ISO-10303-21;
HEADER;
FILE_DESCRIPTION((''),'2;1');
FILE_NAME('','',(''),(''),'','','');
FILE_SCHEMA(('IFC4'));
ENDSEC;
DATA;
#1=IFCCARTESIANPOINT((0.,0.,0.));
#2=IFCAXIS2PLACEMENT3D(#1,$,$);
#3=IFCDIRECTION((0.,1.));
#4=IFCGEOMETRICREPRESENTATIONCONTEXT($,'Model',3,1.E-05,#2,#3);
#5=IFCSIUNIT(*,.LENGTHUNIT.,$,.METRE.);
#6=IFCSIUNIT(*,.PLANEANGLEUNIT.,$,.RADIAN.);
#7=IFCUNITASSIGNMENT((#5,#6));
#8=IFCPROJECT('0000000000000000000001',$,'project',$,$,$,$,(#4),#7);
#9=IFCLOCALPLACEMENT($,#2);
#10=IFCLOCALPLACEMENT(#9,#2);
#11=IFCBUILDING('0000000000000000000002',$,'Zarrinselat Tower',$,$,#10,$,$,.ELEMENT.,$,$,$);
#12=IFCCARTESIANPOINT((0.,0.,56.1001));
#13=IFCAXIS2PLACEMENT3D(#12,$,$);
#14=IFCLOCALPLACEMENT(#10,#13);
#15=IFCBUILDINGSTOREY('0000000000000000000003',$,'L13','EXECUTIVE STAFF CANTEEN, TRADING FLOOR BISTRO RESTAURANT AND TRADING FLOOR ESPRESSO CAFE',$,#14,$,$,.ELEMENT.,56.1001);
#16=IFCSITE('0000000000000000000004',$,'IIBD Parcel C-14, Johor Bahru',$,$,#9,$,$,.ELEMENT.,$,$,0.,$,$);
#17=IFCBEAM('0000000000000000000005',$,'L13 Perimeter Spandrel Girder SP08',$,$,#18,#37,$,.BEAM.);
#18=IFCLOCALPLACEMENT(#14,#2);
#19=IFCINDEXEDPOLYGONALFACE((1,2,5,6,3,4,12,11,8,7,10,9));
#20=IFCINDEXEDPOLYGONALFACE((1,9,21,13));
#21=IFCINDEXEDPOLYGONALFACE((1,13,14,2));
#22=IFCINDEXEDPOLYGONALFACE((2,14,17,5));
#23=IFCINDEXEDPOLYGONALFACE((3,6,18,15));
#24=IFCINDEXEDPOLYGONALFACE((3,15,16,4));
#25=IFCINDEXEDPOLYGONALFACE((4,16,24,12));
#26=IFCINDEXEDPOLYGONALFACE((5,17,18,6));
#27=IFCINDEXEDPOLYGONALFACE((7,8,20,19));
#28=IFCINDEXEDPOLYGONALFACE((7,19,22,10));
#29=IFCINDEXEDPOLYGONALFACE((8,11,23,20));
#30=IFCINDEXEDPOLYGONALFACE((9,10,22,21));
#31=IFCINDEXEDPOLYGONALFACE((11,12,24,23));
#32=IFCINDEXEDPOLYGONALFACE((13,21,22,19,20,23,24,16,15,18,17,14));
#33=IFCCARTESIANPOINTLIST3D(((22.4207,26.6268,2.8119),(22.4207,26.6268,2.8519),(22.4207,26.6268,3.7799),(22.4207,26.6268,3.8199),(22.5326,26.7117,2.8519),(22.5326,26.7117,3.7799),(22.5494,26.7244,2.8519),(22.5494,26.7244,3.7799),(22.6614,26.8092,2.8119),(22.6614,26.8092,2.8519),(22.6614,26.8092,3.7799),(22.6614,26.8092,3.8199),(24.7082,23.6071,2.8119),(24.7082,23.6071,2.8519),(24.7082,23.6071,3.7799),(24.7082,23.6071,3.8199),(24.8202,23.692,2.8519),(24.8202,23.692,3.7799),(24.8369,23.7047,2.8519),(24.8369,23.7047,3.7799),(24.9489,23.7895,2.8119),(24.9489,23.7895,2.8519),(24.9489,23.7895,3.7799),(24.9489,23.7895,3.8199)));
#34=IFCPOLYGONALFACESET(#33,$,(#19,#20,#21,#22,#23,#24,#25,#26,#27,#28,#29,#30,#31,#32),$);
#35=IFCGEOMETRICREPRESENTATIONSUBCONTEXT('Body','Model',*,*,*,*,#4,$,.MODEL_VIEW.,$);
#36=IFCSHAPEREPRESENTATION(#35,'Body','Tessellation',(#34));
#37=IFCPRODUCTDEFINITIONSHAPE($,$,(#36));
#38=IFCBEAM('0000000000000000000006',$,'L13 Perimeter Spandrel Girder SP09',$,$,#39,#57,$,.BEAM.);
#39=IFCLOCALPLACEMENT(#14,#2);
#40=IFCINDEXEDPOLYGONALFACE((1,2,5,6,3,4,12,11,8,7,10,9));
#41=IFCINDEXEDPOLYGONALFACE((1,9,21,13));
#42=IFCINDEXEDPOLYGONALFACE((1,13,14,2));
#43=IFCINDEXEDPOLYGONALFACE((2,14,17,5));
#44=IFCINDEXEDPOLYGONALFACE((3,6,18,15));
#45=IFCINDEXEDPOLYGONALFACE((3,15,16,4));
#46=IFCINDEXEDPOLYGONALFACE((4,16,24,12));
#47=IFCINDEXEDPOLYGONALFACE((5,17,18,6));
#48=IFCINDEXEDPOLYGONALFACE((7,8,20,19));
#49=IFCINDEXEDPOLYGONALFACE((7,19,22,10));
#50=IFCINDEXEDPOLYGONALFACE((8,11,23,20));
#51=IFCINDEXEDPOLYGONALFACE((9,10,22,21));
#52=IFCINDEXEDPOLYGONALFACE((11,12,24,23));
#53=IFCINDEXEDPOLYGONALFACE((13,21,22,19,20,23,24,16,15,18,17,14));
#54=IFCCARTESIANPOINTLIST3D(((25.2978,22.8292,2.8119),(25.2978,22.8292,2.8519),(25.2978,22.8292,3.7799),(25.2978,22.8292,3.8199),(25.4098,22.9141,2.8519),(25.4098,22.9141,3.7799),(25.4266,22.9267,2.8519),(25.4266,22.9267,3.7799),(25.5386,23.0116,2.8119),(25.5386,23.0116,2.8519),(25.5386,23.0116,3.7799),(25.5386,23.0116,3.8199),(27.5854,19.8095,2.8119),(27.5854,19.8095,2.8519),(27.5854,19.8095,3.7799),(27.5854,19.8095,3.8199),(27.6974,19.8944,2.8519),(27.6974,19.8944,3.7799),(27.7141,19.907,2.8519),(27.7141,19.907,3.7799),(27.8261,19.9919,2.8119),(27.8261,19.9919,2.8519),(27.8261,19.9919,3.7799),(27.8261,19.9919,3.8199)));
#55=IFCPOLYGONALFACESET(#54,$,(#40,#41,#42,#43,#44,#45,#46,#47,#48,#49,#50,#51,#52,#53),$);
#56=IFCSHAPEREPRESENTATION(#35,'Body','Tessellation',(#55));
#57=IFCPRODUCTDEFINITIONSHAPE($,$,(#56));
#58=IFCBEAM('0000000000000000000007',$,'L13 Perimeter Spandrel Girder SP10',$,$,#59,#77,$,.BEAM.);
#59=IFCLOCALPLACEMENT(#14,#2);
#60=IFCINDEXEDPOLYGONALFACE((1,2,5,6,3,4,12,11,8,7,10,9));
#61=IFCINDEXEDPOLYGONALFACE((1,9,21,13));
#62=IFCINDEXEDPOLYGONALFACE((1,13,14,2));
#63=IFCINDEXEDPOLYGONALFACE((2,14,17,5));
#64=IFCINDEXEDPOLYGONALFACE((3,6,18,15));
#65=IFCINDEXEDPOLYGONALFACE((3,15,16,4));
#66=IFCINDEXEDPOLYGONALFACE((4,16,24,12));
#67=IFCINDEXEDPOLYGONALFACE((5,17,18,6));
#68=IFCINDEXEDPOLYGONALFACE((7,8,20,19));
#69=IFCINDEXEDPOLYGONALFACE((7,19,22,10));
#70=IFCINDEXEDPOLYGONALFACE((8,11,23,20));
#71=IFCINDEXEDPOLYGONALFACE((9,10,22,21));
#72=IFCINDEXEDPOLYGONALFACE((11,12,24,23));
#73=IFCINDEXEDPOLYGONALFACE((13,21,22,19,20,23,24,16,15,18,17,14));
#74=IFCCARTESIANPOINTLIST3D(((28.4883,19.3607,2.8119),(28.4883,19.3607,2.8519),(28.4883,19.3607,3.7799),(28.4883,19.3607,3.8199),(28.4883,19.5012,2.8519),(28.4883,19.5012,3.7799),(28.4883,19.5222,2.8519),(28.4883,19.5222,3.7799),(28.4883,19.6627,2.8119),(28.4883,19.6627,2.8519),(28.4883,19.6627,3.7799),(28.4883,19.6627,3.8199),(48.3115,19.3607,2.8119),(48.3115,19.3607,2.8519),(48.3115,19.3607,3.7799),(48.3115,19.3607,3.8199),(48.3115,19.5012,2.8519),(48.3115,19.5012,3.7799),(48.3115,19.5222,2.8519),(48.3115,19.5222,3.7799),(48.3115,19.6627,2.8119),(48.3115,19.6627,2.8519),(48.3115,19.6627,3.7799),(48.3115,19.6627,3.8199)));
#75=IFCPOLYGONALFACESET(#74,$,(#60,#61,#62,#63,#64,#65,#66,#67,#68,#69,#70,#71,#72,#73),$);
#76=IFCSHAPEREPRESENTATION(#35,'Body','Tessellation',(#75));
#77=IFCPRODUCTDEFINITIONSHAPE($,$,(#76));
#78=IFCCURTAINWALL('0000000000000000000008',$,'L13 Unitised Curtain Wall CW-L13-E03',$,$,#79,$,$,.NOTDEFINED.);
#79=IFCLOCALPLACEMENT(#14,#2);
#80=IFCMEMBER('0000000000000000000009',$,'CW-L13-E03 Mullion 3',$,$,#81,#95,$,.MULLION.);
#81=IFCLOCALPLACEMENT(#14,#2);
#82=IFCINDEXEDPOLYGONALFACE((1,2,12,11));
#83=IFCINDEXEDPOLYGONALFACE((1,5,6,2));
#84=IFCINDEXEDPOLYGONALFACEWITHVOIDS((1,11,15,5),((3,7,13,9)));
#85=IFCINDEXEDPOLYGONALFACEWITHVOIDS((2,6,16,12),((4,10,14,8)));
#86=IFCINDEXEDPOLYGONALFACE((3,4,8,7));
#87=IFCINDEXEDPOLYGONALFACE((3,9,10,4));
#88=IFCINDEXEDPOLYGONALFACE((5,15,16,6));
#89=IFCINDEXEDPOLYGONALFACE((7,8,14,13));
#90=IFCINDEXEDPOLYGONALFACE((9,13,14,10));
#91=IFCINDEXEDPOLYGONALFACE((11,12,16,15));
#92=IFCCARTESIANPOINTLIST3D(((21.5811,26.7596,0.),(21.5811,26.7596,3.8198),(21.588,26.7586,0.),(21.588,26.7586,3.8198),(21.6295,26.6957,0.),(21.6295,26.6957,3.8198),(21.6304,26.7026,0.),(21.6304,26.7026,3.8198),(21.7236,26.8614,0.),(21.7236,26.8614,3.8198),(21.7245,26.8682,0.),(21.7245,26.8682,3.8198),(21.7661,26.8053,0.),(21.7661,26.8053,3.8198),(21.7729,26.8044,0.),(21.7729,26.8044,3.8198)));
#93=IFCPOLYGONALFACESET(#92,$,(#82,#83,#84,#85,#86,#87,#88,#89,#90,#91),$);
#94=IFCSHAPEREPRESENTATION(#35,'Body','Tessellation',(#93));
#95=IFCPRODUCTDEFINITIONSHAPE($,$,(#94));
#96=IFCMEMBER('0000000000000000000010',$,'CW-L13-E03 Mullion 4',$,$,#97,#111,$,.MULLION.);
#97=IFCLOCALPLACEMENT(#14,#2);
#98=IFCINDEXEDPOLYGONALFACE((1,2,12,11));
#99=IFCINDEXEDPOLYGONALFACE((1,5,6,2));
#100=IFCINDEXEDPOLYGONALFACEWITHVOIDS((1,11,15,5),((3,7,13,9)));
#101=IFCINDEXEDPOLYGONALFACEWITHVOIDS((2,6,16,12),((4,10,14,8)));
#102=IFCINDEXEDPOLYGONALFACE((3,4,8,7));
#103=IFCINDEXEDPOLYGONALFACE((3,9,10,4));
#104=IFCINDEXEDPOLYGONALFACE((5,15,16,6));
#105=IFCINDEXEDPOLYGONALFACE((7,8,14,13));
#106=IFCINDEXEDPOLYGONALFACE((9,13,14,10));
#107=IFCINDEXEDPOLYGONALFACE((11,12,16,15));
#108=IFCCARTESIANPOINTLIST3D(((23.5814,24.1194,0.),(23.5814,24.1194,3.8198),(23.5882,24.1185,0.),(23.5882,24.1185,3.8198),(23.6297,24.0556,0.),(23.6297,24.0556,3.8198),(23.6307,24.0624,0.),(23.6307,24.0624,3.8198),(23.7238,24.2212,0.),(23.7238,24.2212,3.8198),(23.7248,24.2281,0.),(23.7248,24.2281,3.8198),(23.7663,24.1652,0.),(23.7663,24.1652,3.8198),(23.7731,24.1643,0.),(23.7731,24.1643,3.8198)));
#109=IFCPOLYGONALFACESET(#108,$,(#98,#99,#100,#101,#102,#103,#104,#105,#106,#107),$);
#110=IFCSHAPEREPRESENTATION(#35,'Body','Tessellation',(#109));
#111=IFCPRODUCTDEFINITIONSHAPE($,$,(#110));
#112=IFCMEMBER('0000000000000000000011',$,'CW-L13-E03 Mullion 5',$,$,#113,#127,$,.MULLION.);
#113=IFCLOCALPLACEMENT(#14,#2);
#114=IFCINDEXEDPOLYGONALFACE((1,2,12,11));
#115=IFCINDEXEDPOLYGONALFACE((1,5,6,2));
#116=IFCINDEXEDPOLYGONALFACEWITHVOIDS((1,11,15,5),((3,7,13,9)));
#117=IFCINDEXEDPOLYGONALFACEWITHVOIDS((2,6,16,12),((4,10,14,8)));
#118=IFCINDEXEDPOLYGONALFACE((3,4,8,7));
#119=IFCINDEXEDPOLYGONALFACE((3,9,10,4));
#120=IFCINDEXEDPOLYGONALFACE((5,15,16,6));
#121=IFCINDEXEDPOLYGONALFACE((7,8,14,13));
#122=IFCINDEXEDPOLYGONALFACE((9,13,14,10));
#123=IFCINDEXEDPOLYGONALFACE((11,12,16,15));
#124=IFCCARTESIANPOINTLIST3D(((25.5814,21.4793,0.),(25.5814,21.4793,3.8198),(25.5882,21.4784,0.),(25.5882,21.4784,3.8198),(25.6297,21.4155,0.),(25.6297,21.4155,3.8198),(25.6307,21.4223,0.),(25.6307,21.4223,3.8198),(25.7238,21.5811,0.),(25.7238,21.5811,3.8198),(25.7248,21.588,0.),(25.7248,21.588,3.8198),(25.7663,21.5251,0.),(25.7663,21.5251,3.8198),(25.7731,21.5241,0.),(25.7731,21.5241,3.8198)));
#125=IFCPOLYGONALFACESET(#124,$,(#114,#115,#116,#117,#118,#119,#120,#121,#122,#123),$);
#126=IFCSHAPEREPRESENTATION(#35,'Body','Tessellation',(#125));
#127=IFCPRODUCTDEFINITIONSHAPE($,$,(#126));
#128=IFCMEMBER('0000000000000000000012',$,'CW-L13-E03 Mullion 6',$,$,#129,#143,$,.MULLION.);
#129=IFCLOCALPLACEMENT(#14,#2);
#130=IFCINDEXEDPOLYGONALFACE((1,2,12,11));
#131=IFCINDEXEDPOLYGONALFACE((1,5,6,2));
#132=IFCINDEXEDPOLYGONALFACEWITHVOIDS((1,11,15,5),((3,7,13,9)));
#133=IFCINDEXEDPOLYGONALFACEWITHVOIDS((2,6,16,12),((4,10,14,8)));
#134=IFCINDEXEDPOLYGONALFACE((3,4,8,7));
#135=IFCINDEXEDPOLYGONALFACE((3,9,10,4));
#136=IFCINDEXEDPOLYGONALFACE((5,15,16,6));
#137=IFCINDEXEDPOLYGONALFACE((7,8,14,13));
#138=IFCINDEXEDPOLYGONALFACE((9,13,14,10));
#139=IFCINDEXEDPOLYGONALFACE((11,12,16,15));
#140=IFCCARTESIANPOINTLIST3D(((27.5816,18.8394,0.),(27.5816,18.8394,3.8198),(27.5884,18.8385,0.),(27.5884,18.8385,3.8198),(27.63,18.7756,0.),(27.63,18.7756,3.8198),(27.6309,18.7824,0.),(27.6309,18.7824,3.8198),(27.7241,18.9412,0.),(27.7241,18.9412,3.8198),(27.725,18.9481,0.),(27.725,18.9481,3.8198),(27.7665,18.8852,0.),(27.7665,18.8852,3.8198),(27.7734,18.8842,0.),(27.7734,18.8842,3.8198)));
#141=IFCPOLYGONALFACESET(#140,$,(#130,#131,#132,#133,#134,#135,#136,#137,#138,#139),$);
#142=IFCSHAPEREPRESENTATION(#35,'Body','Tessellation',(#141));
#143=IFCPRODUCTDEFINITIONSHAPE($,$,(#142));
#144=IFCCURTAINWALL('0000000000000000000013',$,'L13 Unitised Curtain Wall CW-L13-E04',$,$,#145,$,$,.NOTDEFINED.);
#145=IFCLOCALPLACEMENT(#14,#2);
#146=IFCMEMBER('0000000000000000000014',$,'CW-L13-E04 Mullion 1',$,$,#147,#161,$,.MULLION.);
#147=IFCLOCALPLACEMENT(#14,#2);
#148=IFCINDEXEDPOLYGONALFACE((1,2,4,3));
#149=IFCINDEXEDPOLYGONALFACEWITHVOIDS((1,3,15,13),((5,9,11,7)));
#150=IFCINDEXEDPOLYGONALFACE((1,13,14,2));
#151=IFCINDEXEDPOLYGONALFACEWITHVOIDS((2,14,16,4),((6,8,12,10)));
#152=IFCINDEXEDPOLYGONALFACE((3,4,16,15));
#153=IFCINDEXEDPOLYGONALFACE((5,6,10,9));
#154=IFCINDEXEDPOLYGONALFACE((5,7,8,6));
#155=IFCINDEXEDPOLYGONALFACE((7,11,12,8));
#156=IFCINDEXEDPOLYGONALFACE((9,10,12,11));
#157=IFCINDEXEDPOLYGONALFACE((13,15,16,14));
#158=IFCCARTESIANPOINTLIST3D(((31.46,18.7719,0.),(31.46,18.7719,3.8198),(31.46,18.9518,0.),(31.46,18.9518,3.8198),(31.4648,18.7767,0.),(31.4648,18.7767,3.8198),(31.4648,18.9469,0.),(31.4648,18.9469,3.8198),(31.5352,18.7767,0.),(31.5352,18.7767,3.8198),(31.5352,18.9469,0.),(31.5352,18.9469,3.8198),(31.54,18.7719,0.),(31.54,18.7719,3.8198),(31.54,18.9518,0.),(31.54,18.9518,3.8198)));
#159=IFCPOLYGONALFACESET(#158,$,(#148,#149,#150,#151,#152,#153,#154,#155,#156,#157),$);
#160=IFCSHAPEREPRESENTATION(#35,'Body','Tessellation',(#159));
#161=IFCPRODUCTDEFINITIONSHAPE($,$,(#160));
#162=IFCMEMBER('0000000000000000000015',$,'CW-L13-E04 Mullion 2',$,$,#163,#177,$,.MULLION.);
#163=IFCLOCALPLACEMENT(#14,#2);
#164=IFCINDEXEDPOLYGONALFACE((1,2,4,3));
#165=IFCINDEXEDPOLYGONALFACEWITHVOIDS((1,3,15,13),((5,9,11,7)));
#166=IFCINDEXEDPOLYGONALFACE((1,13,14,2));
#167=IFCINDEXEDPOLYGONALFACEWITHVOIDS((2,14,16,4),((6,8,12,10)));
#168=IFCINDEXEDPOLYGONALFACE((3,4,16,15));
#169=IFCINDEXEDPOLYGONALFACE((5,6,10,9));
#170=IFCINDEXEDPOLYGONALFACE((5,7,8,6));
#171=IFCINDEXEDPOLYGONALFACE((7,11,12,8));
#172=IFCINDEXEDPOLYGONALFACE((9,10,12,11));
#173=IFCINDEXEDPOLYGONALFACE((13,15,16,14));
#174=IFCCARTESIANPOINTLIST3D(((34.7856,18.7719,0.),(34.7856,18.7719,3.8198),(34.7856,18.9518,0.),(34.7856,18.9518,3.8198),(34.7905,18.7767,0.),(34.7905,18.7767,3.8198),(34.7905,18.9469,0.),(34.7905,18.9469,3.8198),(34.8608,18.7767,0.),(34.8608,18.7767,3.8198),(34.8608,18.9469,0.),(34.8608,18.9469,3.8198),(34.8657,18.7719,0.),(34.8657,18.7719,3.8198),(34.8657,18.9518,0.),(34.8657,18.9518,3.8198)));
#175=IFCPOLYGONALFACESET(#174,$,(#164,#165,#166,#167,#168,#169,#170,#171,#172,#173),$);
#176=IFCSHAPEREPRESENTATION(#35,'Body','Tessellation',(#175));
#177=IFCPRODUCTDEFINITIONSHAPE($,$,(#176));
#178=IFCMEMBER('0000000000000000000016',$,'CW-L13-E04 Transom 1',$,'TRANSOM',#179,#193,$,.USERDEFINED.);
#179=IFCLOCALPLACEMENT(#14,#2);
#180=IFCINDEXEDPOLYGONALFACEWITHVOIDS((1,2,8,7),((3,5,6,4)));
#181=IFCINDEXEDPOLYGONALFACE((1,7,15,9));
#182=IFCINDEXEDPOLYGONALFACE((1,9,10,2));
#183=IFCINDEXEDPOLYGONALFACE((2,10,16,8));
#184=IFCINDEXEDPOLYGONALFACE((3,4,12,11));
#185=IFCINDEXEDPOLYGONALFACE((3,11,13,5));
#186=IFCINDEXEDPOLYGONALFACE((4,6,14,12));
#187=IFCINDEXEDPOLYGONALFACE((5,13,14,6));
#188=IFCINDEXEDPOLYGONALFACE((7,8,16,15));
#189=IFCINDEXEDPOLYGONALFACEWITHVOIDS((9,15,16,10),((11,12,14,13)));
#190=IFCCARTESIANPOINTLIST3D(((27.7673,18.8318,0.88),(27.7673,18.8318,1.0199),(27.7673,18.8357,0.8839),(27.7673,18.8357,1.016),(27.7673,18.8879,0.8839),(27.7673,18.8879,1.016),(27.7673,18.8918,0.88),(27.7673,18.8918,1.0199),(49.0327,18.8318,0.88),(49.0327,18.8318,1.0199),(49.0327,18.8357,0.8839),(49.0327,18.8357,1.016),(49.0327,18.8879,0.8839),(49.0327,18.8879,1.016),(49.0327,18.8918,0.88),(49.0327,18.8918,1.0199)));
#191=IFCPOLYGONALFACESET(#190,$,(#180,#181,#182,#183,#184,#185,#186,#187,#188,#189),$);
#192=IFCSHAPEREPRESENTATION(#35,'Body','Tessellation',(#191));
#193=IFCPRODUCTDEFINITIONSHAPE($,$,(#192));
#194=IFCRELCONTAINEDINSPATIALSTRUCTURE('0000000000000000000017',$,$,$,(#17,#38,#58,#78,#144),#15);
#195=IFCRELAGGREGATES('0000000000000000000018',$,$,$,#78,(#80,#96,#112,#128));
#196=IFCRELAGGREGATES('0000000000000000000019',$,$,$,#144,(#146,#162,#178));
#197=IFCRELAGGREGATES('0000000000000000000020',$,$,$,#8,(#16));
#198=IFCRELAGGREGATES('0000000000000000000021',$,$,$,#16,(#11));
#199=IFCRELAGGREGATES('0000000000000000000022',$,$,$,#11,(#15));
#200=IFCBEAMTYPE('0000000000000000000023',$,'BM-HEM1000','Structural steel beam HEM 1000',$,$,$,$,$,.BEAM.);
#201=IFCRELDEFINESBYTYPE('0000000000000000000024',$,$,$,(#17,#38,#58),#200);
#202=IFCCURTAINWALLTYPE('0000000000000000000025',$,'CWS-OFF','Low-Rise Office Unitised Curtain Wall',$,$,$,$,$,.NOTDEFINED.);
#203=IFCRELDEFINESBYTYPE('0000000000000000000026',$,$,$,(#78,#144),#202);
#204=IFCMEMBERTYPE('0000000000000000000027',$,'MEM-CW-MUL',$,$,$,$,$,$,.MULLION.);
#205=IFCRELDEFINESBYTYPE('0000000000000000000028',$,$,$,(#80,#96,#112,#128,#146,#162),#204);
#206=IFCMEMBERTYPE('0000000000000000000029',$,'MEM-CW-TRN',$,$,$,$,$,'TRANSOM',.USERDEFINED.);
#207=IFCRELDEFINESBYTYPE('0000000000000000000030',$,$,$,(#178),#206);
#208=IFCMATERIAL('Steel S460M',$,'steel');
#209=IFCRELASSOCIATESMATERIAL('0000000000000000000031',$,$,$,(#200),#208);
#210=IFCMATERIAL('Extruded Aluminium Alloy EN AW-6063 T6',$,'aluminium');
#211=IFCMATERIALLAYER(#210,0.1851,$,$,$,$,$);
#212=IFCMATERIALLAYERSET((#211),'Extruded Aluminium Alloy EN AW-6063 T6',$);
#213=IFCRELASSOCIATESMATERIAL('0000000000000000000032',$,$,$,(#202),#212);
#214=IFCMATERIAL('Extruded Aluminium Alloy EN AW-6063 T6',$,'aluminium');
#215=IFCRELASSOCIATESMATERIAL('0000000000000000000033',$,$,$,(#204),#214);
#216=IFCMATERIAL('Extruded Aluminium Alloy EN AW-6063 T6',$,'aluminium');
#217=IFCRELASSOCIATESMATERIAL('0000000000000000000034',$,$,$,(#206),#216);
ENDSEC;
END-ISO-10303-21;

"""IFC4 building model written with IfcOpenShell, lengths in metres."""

from ifc_helpers import new_model, si_unit, direction, frame, origin, origin_2d, place, context, subcontext, project, spatial, hollow_rectangle, i_section, extrude, material, layer, layer_set, material_profile, profile_set, type_object, element, aggregate, save


model = new_model("IFC4")

# Units and contexts
model_context = context("Model", 3, precision=1e-05, world=origin(), true_north=direction((0.0, 1.0)))
body_context = subcontext(model_context, "Body", "Model", "MODEL_VIEW")
ifc_project = project(units=[si_unit("LENGTHUNIT", "METRE"), si_unit("PLANEANGLEUNIT", "RADIAN")], contexts=[model_context])

# Site, building, storey
site_placement = place(None, origin())
site = spatial("IfcSite", under=ifc_project, at=site_placement, Name="IIBD Parcel C-14, Johor Bahru", CompositionType="ELEMENT", RefElevation=0.0)
building_placement = place(site_placement, origin())
building = spatial("IfcBuilding", under=site, at=building_placement, Name="Zarrinselat Tower", CompositionType="ELEMENT")
storey_placement = place(building_placement, frame((0.0, 0.0, 56.1001)))
storey = spatial("IfcBuildingStorey", under=building, at=storey_placement, Name="L13", Description="EXECUTIVE STAFF CANTEEN, TRADING FLOOR BISTRO RESTAURANT AND TRADING FLOOR ESPRESSO CAFE", CompositionType="ELEMENT", Elevation=56.1001)

# Beams
ifc_material_1 = material(Name="Steel S460M", Category="steel")
ifc_material_profile_1 = material_profile(ifc_material_1, i_section(OverallWidth=0.302, OverallDepth=1.0081, WebThickness=0.021, FlangeThickness=0.04, at=origin_2d()), Name="HEM 1000")
ifc_profile_set_1 = profile_set([ifc_material_profile_1], Name="Steel S460M")
beam_type_1 = type_object("IfcBeamType", Name="BM-HEM1000", Description="Structural steel beam HEM 1000", PredefinedType="BEAM", material=ifc_profile_set_1)
for number, where, z_axis, x_axis, name in (
    (1, (22.541, 26.718, 3.3159), (0.603839, -0.797106, 0.0), (0.797106, 0.603839, 0.0), "L13 Perimeter Spandrel Girder SP08"),
    (2, (25.4182, 22.9204, 3.3159), (0.603839, -0.797106, 0.0), (0.797106, 0.603839, 0.0), "L13 Perimeter Spandrel Girder SP09"),
):
    element("IfcBeam", number, at=place(storey_placement, frame(where, z_axis=z_axis, x_axis=x_axis)), inside=storey, type_object=beam_type_1, Name=name, PredefinedType="BEAM", context=body_context, shape_type="SweptSolid", body=[
        extrude(i_section(OverallWidth=0.302, OverallDepth=1.0081, WebThickness=0.021, FlangeThickness=0.04, at=origin_2d()), origin(), (0.0, 0.0, 1.0), 3.7883),
    ])
beam_1_placement = place(storey_placement, frame((28.4883, 19.5117, 3.3159), z_axis=(1.0, 0.0, 0.0), x_axis=(0.0, 1.0, 0.0)))
element("IfcBeam", 3, at=beam_1_placement, inside=storey, type_object=beam_type_1, Name="L13 Perimeter Spandrel Girder SP10", PredefinedType="BEAM", context=body_context, shape_type="SweptSolid", body=[
    extrude(i_section(OverallWidth=0.302, OverallDepth=1.0081, WebThickness=0.021, FlangeThickness=0.04, at=origin_2d()), origin(), (0.0, 0.0, 1.0), 19.8232),
])

# Curtain walls, members
ifc_material_2 = material(Name="Extruded Aluminium Alloy EN AW-6063 T6", Category="aluminium")
ifc_layer_1 = layer(ifc_material_2, 0.1851)
ifc_layer_set_1 = layer_set([ifc_layer_1], Name="Extruded Aluminium Alloy EN AW-6063 T6")
curtain_wall_type = type_object("IfcCurtainWallType", Name="CWS-OFF", Description="Low-Rise Office Unitised Curtain Wall", PredefinedType="NOTDEFINED", material=ifc_layer_set_1)
curtain_wall_1_placement = place(storey_placement, origin())
curtain_wall_1 = element("IfcCurtainWall", 4, at=curtain_wall_1_placement, inside=storey, type_object=curtain_wall_type, Name="L13 Unitised Curtain Wall CW-L13-E03", PredefinedType="NOTDEFINED")
ifc_material_3 = material(Name="Extruded Aluminium Alloy EN AW-6063 T6", Category="aluminium")
ifc_material_profile_2 = material_profile(ifc_material_3, hollow_rectangle(XDim=0.0801, YDim=0.1799, WallThickness=0.0049, at=origin_2d()), Name="RHS 180x80x5")
ifc_profile_set_2 = profile_set([ifc_material_profile_2], Name="Extruded Aluminium Alloy EN AW-6063 T6")
member_type_1 = type_object("IfcMemberType", Name="MEM-CW-MUL", PredefinedType="MULLION", material=ifc_profile_set_2)
member_1_placement = place(storey_placement, frame((21.677, 26.782, 0.0), z_axis=(0.0, 0.0, 1.0), x_axis=(0.603862, -0.797089, 0.0)))
member_1 = element("IfcMember", 5, at=member_1_placement, type_object=member_type_1, Name="CW-L13-E03 Mullion 3", PredefinedType="MULLION", context=body_context, shape_type="SweptSolid", body=[
    extrude(hollow_rectangle(XDim=0.0801, YDim=0.1799, WallThickness=0.0049, at=origin_2d()), origin(), (0.0, 0.0, 1.0), 3.8198),
])
member_2_placement = place(storey_placement, frame((23.6772, 24.1418, 0.0), z_axis=(0.0, 0.0, 1.0), x_axis=(0.603862, -0.797089, 0.0)))
member_2 = element("IfcMember", 6, at=member_2_placement, type_object=member_type_1, Name="CW-L13-E03 Mullion 4", PredefinedType="MULLION", context=body_context, shape_type="SweptSolid", body=[
    extrude(hollow_rectangle(XDim=0.0801, YDim=0.1799, WallThickness=0.0049, at=origin_2d()), origin(), (0.0, 0.0, 1.0), 3.8198),
])
member_3_placement = place(storey_placement, frame((25.6772, 21.5017, 0.0), z_axis=(0.0, 0.0, 1.0), x_axis=(0.603862, -0.797089, 0.0)))
member_3 = element("IfcMember", 7, at=member_3_placement, type_object=member_type_1, Name="CW-L13-E03 Mullion 5", PredefinedType="MULLION", context=body_context, shape_type="SweptSolid", body=[
    extrude(hollow_rectangle(XDim=0.0801, YDim=0.1799, WallThickness=0.0049, at=origin_2d()), origin(), (0.0, 0.0, 1.0), 3.8198),
])
member_4_placement = place(storey_placement, frame((27.6775, 18.8618, 0.0), z_axis=(0.0, 0.0, 1.0), x_axis=(0.603862, -0.797089, 0.0)))
member_4 = element("IfcMember", 8, at=member_4_placement, type_object=member_type_1, Name="CW-L13-E03 Mullion 6", PredefinedType="MULLION", context=body_context, shape_type="SweptSolid", body=[
    extrude(hollow_rectangle(XDim=0.0801, YDim=0.1799, WallThickness=0.0049, at=origin_2d()), origin(), (0.0, 0.0, 1.0), 3.8198),
])
curtain_wall_2_placement = place(storey_placement, origin())
curtain_wall_2 = element("IfcCurtainWall", 9, at=curtain_wall_2_placement, inside=storey, type_object=curtain_wall_type, Name="L13 Unitised Curtain Wall CW-L13-E04", PredefinedType="NOTDEFINED")
member_5_placement = place(storey_placement, frame((31.5, 18.8618, 0.0), z_axis=(0.0, 0.0, 1.0), x_axis=(1.0, 0.0, 0.0)))
member_5 = element("IfcMember", 10, at=member_5_placement, type_object=member_type_1, Name="CW-L13-E04 Mullion 1", PredefinedType="MULLION", context=body_context, shape_type="SweptSolid", body=[
    extrude(hollow_rectangle(XDim=0.0801, YDim=0.1799, WallThickness=0.0049, at=origin_2d()), origin(), (0.0, 0.0, 1.0), 3.8198),
])
member_6_placement = place(storey_placement, frame((34.8257, 18.8618, 0.0), z_axis=(0.0, 0.0, 1.0), x_axis=(1.0, 0.0, 0.0)))
member_6 = element("IfcMember", 11, at=member_6_placement, type_object=member_type_1, Name="CW-L13-E04 Mullion 2", PredefinedType="MULLION", context=body_context, shape_type="SweptSolid", body=[
    extrude(hollow_rectangle(XDim=0.0801, YDim=0.1799, WallThickness=0.0049, at=origin_2d()), origin(), (0.0, 0.0, 1.0), 3.8198),
])
ifc_material_4 = material(Name="Extruded Aluminium Alloy EN AW-6063 T6", Category="aluminium")
ifc_material_profile_3 = material_profile(ifc_material_4, hollow_rectangle(XDim=0.0601, YDim=0.1399, WallThickness=0.0039, at=origin_2d()), Name="RHS 140x60x4")
ifc_profile_set_3 = profile_set([ifc_material_profile_3], Name="Extruded Aluminium Alloy EN AW-6063 T6")
member_type_2 = type_object("IfcMemberType", Name="MEM-CW-TRN", ElementType="TRANSOM", PredefinedType="USERDEFINED", material=ifc_profile_set_3)
member_7_placement = place(storey_placement, frame((27.7673, 18.8618, 0.95), z_axis=(1.0, 0.0, 0.0), x_axis=(0.0, 1.0, 0.0)))
member_7 = element("IfcMember", 12, at=member_7_placement, type_object=member_type_2, Name="CW-L13-E04 Transom 1", ObjectType="TRANSOM", PredefinedType="USERDEFINED", context=body_context, shape_type="SweptSolid", body=[
    extrude(hollow_rectangle(XDim=0.0601, YDim=0.1399, WallThickness=0.0039, at=origin_2d()), origin(), (0.0, 0.0, 1.0), 21.2654),
])

aggregate(curtain_wall_1, [member_1, member_2, member_3, member_4])
aggregate(curtain_wall_2, [member_5, member_6, member_7])

save(model, "model.ifc")
